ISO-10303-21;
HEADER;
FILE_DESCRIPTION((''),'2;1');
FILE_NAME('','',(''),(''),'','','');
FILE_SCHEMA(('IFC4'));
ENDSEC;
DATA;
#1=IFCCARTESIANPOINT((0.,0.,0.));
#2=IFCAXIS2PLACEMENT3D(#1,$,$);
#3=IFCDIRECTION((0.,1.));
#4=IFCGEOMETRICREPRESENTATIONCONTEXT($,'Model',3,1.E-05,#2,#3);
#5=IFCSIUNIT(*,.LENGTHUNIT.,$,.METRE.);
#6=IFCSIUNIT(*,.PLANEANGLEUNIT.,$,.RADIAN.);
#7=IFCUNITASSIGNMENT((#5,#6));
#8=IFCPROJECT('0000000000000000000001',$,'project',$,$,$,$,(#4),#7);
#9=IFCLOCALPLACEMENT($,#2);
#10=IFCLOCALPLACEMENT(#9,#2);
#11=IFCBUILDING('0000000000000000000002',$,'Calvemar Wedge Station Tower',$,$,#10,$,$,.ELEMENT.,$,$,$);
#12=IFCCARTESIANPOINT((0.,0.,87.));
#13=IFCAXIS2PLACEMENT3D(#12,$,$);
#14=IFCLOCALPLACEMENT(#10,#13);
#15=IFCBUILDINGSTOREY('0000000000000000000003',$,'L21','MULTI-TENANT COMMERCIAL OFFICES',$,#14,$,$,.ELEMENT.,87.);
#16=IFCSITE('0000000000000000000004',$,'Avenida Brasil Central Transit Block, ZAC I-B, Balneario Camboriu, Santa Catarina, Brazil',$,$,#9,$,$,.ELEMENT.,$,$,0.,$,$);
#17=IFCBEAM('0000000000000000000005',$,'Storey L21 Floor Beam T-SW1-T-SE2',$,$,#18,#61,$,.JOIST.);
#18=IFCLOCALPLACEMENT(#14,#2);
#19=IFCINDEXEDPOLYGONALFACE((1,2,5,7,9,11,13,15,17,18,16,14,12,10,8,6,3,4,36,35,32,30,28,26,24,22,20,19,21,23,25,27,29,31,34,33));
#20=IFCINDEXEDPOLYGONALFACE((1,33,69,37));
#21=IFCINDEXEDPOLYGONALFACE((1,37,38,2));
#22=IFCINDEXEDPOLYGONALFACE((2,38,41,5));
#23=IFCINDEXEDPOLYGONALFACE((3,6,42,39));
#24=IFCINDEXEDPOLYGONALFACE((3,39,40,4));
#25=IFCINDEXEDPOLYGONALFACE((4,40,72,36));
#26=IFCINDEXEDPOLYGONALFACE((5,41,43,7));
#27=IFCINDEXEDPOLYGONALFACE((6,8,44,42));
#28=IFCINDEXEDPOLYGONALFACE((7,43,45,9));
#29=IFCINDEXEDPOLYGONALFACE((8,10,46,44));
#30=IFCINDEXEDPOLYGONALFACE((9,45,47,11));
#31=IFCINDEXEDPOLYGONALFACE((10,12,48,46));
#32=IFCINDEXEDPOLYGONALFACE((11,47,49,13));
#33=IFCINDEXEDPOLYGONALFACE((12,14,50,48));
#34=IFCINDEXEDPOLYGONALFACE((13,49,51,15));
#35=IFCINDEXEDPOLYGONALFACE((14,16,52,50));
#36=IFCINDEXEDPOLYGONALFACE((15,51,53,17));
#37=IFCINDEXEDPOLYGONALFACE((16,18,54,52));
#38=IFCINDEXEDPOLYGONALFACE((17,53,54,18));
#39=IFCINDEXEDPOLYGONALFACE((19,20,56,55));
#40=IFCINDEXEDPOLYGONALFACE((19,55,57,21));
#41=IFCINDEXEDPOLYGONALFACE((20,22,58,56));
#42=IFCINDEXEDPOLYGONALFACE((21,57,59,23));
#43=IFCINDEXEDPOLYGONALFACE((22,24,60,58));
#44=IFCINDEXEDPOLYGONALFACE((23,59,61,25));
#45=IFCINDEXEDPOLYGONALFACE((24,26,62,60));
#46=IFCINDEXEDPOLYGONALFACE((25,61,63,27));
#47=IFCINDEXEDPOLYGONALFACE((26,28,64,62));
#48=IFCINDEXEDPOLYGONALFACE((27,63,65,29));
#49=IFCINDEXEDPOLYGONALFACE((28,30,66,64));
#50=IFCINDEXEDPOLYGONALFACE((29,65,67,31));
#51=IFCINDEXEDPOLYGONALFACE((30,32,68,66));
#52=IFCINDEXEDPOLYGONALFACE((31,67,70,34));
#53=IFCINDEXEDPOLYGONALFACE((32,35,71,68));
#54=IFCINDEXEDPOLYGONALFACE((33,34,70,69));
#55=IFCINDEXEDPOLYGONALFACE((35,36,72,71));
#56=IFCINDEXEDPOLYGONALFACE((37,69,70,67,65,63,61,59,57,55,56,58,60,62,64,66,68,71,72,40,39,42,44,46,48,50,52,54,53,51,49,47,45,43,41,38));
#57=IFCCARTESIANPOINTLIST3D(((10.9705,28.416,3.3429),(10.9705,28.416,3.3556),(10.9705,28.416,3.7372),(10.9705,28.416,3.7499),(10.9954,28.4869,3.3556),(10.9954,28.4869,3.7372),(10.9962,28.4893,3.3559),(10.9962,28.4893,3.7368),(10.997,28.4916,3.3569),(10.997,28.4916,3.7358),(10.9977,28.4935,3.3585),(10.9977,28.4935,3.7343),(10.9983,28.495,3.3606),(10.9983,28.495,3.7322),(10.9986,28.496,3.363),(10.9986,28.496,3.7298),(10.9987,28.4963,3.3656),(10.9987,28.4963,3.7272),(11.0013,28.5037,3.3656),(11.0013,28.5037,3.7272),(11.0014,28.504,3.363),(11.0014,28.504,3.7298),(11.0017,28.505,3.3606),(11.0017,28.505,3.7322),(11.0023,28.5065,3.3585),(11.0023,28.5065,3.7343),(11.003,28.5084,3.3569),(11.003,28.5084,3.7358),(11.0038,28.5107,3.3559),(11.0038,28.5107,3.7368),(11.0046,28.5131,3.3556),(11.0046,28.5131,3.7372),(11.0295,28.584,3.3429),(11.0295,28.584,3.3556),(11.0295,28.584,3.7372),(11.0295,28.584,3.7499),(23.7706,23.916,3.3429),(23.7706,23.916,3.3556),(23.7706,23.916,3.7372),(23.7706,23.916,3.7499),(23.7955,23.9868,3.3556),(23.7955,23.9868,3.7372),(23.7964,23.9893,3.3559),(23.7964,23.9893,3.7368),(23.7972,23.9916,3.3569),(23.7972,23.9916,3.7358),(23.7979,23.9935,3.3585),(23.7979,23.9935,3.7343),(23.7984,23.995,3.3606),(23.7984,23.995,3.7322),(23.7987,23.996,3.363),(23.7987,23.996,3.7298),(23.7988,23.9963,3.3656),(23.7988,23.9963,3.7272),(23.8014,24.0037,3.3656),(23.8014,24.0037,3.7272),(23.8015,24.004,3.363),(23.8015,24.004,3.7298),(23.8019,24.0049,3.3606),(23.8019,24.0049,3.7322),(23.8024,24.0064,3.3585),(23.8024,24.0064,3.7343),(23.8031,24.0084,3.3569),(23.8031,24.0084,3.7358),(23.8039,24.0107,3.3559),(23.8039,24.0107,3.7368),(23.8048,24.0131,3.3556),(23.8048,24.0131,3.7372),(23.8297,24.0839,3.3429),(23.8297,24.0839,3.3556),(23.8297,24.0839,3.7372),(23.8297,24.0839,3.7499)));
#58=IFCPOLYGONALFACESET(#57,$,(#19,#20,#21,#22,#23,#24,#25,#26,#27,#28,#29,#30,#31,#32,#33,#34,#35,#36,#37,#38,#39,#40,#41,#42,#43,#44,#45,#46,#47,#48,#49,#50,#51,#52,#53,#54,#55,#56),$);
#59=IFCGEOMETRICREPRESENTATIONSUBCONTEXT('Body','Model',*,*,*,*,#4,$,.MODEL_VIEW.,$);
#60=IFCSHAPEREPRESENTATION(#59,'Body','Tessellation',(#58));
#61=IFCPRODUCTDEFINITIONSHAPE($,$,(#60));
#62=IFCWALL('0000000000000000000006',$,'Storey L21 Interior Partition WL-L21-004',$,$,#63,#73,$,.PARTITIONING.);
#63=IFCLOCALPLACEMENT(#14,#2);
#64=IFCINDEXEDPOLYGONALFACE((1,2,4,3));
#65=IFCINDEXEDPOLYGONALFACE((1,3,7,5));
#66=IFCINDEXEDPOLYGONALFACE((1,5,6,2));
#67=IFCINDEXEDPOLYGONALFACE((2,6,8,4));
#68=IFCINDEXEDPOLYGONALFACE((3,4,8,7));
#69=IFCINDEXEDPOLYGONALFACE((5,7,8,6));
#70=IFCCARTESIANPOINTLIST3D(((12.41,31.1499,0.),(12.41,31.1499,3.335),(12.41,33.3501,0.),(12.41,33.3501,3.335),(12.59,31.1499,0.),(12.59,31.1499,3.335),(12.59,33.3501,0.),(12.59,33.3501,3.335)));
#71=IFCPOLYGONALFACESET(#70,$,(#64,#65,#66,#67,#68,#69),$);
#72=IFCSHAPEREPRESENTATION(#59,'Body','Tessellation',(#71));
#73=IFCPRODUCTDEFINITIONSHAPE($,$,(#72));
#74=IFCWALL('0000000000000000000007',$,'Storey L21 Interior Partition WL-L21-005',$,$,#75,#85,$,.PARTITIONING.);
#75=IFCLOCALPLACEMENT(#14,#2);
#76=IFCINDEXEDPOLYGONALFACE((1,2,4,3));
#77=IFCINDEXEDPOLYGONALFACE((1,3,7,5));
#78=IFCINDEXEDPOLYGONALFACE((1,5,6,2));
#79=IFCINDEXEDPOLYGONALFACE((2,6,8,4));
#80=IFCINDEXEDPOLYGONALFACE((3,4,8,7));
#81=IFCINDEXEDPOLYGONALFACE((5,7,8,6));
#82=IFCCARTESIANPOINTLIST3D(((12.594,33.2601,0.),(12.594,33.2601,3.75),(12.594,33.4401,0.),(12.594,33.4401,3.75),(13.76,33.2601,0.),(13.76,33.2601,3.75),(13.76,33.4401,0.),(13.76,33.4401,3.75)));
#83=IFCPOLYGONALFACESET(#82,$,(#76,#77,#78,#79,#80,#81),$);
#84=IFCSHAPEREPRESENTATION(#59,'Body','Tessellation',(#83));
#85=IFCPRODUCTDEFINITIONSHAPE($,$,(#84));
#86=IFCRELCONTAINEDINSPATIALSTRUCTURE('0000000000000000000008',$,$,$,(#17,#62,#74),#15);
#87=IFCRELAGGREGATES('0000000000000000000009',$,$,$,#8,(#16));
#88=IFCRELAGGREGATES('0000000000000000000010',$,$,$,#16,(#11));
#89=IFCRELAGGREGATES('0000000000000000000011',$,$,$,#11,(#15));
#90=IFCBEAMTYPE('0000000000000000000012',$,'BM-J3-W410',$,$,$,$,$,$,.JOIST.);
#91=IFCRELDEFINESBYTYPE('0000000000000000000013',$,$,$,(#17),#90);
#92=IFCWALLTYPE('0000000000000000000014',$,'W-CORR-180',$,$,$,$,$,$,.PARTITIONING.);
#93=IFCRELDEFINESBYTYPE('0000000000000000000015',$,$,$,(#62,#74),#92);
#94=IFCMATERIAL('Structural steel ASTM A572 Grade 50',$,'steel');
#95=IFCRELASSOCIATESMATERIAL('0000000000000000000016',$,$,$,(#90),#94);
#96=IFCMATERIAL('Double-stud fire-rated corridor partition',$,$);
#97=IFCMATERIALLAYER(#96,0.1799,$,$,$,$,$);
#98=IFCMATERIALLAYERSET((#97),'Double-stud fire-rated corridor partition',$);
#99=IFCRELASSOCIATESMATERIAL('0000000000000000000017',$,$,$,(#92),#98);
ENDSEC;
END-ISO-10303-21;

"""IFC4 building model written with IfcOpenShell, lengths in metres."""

from ifc_helpers import new_model, si_unit, direction, frame, frame_2d, origin, origin_2d, place, context, subcontext, project, spatial, rectangle, i_section, extrude, source, transform, mapped, material, layer, layer_set, material_profile, profile_set, type_object, element, save


model = new_model("IFC4")

# Units and contexts
model_context = context("Model", 3, precision=1e-05, world=origin(), true_north=direction((0.0, 1.0)))
body_context = subcontext(model_context, "Body", "Model", "MODEL_VIEW")
ifc_project = project(units=[si_unit("LENGTHUNIT", "METRE"), si_unit("PLANEANGLEUNIT", "RADIAN")], contexts=[model_context])

# Site, building, storey
site_placement = place(None, origin())
site = spatial("IfcSite", under=ifc_project, at=site_placement, Name="Avenida Brasil Central Transit Block, ZAC I-B, Balneario Camboriu, Santa Catarina, Brazil", CompositionType="ELEMENT", RefElevation=0.0)
building_placement = place(site_placement, origin())
building = spatial("IfcBuilding", under=site, at=building_placement, Name="Calvemar Wedge Station Tower", CompositionType="ELEMENT")
storey_placement = place(building_placement, frame((0.0, 0.0, 87.0)))
storey = spatial("IfcBuildingStorey", under=building, at=storey_placement, Name="L21", Description="MULTI-TENANT COMMERCIAL OFFICES", CompositionType="ELEMENT", Elevation=87.0)

# Beam
ifc_material_1 = material(Name="Structural steel ASTM A572 Grade 50", Category="steel")
ifc_material_profile_1 = material_profile(ifc_material_1, i_section(OverallWidth=0.178, OverallDepth=0.407, WebThickness=0.0078, FlangeThickness=0.0127, FilletRadius=0.01, at=origin_2d()), Name="W410x60")
ifc_profile_set_1 = profile_set([ifc_material_profile_1], Name="Structural steel ASTM A572 Grade 50")
beam_type_1 = type_object("IfcBeamType", Name="BM-J3-W410", PredefinedType="JOIST", material=ifc_profile_set_1)
shared_shape_1 = source(origin(), body_context, "Body", "SweptSolid", [
    extrude(i_section(OverallWidth=0.178, OverallDepth=0.407, WebThickness=0.0078, FlangeThickness=0.0127, FilletRadius=0.01, at=origin_2d()), origin(), (0.0, 0.0, 1.0), 13.5681),
])
for number, where, z_axis, x_axis, name in (
    (1, (11.0, 28.5, 3.5464), (0.943398, -0.331662, 0.0), (0.331662, 0.943398, 0.0), "Storey L21 Floor Beam T-SW1-T-SE2"),
):
    element("IfcBeam", number, at=place(storey_placement, frame(where, z_axis=z_axis, x_axis=x_axis)), inside=storey, type_object=beam_type_1, Name=name, PredefinedType="JOIST", context=body_context, shape_type="MappedRepresentation", body=[
        mapped(shared_shape_1, transform((0.0, 0.0, 0.0), scale=1.0)),
    ])

# Walls
ifc_material_2 = material(Name="Double-stud fire-rated corridor partition")
ifc_layer_1 = layer(ifc_material_2, 0.1799)
ifc_layer_set_1 = layer_set([ifc_layer_1], Name="Double-stud fire-rated corridor partition")
wall_type_1 = type_object("IfcWallType", Name="W-CORR-180", PredefinedType="PARTITIONING", material=ifc_layer_set_1)
wall_1_placement = place(storey_placement, frame((12.5, 31.1499, 0.0), z_axis=(0.0, 0.0, 1.0), x_axis=(0.0, 1.0, 0.0)))
element("IfcWall", 2, at=wall_1_placement, inside=storey, type_object=wall_type_1, Name="Storey L21 Interior Partition WL-L21-004", PredefinedType="PARTITIONING", context=body_context, shape_type="SweptSolid", body=[
    extrude(rectangle(XDim=2.2002, YDim=0.1799, at=frame_2d((1.1001, 0.0))), origin(), (0.0, 0.0, 1.0), 3.335),
])
wall_2_placement = place(storey_placement, frame((12.594, 33.3501, 0.0), z_axis=(0.0, 0.0, 1.0), x_axis=(1.0, 0.0, 0.0)))
element("IfcWall", 3, at=wall_2_placement, inside=storey, type_object=wall_type_1, Name="Storey L21 Interior Partition WL-L21-005", PredefinedType="PARTITIONING", context=body_context, shape_type="SweptSolid", body=[
    extrude(rectangle(XDim=1.166, YDim=0.1799, at=frame_2d((0.583, 0.0))), origin(), (0.0, 0.0, 1.0), 3.75),
])

save(model, "model.ifc")
